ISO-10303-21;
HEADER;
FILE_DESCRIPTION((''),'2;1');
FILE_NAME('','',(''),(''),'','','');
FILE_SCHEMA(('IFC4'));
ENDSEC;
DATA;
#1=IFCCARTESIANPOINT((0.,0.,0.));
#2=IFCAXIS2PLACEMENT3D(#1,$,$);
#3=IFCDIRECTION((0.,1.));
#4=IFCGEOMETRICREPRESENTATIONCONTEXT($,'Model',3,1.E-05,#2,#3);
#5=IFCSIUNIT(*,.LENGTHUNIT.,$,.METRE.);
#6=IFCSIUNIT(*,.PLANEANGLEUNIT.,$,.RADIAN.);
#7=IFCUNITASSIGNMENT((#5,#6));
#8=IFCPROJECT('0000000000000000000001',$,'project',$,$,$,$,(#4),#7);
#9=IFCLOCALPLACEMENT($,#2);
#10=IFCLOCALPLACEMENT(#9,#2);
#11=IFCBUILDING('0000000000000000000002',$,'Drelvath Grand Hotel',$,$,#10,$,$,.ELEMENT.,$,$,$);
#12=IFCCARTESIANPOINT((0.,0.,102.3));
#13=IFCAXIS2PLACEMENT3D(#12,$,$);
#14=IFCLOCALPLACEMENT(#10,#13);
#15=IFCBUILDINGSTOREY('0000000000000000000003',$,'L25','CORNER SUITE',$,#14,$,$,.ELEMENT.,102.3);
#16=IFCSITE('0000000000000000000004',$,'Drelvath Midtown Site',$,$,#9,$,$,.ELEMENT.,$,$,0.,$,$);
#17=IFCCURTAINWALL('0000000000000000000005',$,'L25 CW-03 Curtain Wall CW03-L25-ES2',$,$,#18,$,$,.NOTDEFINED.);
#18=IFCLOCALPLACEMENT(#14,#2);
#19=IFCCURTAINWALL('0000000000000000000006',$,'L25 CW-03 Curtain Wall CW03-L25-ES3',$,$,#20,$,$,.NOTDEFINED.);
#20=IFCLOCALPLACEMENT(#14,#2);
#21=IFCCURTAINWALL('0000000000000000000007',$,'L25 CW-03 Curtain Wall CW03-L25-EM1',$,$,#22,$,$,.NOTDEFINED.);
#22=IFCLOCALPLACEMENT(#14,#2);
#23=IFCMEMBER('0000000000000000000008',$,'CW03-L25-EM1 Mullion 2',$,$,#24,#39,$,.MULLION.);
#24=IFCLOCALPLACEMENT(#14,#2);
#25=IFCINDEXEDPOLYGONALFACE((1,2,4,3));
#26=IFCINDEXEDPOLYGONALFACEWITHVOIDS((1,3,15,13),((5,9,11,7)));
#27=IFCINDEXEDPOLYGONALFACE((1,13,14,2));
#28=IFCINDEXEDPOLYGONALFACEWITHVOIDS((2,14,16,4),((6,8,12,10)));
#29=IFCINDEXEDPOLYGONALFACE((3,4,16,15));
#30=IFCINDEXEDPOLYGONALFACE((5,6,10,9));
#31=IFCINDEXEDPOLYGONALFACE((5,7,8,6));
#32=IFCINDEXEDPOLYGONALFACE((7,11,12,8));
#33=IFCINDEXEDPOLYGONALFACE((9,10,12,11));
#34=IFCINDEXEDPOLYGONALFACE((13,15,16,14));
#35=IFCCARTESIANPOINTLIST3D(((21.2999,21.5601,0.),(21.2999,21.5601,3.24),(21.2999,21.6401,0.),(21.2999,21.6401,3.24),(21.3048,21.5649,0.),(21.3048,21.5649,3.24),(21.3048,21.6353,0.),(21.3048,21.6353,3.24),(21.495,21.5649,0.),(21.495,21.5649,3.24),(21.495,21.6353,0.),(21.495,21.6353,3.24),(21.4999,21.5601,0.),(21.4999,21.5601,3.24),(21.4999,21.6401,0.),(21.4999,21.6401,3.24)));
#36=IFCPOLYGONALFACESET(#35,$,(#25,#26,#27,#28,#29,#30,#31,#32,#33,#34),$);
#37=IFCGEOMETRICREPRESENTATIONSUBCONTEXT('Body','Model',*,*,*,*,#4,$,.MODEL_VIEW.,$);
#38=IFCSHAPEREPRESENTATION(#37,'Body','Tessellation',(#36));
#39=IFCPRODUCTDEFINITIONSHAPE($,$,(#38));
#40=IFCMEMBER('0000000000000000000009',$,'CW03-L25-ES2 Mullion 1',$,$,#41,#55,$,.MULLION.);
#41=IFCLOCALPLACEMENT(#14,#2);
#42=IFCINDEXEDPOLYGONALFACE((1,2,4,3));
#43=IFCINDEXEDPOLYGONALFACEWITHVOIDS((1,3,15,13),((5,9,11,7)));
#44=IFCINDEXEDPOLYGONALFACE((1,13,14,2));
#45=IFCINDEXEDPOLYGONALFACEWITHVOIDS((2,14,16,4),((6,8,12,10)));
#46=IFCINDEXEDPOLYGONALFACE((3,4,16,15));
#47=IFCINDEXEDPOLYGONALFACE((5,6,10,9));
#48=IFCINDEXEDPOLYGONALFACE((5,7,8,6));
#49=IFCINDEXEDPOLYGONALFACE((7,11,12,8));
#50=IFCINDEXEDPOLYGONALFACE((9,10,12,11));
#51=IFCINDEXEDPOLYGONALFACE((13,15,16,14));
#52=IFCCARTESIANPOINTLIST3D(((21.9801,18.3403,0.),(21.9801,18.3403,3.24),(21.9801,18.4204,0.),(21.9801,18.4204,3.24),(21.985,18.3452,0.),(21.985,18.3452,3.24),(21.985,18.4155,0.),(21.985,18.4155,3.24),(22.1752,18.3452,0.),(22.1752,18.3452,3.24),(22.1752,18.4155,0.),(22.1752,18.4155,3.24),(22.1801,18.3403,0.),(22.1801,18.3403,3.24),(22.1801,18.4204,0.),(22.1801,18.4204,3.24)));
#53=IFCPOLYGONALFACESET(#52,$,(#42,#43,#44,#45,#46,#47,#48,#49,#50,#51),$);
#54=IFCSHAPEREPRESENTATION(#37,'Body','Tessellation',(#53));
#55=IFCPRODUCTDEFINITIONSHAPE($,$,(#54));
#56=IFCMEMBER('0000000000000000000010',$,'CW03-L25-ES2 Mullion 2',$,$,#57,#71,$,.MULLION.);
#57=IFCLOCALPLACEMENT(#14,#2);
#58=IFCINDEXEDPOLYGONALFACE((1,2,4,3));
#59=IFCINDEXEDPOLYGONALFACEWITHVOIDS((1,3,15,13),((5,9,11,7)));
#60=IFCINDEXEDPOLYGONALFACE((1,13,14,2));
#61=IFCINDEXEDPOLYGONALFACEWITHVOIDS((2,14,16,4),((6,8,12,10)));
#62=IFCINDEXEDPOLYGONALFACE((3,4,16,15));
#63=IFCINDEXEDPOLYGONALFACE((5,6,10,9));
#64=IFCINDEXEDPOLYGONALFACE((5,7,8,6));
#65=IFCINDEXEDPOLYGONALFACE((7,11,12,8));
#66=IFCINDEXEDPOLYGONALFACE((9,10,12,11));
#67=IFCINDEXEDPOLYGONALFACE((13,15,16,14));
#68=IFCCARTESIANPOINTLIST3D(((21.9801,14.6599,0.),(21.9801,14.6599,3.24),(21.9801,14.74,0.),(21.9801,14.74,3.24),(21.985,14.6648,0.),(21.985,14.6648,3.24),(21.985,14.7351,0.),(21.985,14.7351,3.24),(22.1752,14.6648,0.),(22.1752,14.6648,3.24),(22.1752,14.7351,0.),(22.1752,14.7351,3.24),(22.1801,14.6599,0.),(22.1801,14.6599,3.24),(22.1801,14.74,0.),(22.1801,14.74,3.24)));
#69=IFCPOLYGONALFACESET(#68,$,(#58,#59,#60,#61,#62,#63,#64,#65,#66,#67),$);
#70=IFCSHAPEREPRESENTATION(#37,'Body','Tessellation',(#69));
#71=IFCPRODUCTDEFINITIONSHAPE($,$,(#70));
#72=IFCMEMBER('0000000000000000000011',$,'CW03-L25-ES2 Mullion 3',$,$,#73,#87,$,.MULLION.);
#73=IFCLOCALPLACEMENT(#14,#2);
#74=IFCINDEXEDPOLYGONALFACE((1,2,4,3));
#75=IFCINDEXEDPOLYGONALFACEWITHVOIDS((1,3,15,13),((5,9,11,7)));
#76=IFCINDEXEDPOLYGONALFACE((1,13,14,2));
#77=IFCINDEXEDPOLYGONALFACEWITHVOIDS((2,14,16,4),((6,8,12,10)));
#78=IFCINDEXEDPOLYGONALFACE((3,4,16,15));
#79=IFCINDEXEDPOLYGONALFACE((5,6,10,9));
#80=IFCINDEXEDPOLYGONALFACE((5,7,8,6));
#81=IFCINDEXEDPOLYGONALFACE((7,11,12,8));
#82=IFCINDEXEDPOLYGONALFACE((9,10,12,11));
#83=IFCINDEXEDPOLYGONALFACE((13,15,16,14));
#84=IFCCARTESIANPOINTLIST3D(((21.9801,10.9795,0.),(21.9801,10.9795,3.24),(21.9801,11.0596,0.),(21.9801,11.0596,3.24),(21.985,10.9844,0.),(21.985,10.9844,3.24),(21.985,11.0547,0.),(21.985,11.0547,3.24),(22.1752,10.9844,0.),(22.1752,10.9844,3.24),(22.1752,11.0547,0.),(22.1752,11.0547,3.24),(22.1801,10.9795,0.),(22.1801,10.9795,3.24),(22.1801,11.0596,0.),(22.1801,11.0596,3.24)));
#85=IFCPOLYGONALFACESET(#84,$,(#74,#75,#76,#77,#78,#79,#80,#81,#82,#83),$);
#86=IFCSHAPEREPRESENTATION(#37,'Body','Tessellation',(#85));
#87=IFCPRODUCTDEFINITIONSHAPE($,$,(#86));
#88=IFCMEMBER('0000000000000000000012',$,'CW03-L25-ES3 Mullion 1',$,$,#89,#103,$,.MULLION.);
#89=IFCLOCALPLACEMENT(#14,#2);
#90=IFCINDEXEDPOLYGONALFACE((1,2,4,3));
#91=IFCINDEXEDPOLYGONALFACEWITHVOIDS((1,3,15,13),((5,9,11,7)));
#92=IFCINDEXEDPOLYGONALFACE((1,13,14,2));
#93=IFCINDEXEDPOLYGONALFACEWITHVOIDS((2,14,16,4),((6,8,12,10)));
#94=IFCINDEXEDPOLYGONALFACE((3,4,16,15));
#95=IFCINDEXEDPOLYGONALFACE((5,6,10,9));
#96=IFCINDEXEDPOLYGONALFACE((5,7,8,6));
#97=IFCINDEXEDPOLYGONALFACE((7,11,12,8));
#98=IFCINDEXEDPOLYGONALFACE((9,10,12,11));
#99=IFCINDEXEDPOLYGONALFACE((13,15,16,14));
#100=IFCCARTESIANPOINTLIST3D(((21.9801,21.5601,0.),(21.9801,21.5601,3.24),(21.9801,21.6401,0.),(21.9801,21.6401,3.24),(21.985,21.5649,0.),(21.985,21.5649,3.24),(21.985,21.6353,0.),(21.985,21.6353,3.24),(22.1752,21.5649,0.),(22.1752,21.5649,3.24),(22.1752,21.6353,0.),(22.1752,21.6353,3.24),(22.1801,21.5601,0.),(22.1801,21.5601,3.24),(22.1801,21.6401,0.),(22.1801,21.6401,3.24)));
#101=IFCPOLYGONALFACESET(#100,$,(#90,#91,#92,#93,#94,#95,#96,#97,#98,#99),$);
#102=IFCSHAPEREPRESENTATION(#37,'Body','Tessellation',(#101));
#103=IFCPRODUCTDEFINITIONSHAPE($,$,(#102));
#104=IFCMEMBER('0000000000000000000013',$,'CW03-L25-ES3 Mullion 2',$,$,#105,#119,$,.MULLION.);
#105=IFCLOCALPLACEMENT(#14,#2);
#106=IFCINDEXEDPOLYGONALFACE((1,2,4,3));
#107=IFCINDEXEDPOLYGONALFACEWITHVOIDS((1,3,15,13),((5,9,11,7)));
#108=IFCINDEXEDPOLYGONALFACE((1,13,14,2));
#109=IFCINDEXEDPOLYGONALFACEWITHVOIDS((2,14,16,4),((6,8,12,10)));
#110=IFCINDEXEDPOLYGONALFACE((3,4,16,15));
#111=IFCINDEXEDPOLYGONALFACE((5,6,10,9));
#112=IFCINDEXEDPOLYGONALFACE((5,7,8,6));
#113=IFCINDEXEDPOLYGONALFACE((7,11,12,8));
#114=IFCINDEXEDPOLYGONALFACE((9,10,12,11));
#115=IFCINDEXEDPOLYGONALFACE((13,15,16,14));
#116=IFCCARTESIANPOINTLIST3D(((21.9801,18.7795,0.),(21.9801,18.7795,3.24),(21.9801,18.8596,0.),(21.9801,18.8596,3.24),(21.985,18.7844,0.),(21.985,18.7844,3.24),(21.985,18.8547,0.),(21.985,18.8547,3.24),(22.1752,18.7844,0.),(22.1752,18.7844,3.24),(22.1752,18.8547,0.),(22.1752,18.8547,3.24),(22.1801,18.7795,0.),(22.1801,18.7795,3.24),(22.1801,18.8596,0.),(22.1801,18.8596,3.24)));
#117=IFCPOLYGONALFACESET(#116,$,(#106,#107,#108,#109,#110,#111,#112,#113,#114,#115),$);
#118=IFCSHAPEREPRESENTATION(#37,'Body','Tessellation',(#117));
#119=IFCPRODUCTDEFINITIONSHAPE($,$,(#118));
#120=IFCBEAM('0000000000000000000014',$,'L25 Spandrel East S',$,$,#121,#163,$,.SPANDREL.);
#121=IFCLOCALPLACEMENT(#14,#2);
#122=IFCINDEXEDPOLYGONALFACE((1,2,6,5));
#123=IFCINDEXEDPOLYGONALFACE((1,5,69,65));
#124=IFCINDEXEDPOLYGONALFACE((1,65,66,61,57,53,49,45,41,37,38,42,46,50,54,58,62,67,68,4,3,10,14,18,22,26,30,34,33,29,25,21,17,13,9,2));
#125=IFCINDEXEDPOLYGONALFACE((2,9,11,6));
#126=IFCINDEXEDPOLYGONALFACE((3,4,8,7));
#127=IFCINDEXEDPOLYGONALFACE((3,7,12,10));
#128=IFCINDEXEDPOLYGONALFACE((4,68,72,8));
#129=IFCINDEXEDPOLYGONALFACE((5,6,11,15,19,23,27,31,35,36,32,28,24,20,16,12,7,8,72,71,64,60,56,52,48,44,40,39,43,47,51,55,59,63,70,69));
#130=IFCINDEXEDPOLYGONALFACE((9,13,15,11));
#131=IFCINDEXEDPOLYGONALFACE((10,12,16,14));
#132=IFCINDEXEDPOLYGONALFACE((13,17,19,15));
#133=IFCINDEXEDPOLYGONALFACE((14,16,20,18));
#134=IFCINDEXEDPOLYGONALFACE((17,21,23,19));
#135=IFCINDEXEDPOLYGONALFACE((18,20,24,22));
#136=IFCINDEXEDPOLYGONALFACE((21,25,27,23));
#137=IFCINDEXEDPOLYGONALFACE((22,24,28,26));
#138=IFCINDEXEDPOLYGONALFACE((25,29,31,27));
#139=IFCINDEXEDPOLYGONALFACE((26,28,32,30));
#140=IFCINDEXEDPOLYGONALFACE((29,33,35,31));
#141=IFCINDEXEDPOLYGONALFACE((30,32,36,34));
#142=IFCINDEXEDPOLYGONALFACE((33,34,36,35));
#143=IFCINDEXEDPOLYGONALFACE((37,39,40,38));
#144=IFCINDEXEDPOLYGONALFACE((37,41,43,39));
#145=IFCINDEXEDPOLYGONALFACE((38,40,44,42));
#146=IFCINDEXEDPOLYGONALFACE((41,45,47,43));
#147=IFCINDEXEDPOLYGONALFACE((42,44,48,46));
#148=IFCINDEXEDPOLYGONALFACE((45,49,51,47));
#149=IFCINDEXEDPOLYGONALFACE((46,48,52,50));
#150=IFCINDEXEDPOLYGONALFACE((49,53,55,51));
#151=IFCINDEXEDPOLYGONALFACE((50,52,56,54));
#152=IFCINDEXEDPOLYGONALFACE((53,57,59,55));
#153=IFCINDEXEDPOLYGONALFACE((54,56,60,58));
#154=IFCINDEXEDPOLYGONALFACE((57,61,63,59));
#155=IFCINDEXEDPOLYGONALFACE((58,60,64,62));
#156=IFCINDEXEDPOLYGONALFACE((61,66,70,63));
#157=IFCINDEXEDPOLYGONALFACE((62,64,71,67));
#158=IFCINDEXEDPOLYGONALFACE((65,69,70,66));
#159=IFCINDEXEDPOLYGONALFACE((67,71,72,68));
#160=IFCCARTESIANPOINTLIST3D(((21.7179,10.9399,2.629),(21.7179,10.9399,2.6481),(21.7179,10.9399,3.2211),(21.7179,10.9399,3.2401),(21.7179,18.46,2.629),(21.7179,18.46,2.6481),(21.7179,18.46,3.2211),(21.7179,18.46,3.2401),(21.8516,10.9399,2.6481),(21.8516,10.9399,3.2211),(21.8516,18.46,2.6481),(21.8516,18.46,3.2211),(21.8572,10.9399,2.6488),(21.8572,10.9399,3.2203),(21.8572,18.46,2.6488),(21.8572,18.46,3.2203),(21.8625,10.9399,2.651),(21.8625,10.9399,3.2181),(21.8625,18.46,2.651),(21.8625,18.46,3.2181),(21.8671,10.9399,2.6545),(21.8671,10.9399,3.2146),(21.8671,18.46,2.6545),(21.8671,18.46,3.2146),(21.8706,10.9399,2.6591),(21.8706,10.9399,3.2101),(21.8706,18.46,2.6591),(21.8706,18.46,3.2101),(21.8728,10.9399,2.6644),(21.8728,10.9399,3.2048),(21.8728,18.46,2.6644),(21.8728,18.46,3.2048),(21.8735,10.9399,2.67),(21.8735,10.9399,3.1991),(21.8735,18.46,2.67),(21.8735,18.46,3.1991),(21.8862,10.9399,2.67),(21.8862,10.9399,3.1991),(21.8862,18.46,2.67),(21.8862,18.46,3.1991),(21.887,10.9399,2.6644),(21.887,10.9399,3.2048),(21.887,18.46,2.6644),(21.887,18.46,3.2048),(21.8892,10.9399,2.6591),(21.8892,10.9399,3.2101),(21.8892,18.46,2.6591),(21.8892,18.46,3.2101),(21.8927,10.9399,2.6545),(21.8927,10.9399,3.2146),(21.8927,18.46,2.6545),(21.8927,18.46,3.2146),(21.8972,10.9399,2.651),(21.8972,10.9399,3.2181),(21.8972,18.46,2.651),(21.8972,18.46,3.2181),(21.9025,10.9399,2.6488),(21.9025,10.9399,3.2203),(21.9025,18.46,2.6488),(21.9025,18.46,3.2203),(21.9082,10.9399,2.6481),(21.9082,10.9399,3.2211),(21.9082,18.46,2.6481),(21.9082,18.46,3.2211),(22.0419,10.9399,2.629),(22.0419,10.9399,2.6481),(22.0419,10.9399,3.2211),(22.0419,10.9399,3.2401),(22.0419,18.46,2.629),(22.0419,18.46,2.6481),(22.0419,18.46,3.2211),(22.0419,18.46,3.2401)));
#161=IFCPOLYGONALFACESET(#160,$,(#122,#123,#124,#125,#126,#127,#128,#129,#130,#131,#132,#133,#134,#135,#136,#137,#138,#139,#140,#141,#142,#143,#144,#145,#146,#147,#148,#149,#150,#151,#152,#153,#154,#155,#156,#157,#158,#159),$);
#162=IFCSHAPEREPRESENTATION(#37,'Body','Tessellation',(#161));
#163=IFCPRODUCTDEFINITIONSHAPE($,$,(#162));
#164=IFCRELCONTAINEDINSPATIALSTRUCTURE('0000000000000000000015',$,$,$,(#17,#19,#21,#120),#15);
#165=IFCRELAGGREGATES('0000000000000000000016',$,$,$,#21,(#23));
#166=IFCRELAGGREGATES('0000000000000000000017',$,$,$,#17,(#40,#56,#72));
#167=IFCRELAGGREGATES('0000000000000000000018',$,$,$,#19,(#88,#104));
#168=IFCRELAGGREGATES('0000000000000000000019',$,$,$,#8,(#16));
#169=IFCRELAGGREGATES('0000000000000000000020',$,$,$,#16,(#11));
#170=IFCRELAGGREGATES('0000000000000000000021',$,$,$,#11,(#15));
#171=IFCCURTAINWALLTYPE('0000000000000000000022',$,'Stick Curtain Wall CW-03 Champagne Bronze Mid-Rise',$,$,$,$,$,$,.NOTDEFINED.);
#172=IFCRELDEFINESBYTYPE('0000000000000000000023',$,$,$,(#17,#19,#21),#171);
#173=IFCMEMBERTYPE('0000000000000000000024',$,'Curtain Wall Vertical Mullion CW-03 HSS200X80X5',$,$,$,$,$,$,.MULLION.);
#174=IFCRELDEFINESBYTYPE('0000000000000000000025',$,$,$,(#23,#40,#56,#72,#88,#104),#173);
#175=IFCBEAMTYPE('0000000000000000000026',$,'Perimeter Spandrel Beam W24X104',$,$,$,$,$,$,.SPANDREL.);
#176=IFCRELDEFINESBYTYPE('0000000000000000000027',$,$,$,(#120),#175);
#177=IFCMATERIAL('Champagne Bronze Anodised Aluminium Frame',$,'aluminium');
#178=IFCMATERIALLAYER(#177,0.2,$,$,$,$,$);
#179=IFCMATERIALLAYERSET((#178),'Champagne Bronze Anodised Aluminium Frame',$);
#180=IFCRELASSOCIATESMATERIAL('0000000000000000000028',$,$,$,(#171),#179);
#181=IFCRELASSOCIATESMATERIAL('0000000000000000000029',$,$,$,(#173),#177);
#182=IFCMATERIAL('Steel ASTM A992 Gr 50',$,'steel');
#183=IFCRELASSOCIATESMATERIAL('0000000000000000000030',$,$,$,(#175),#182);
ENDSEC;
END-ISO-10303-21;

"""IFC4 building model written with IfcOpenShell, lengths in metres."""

from ifc_helpers import new_model, si_unit, direction, frame, origin, origin_2d, place, context, subcontext, project, spatial, hollow_rectangle, i_section, extrude, material, layer, layer_set, material_profile, profile_set, type_object, element, aggregate, save


model = new_model("IFC4")

# Units and contexts
model_context = context("Model", 3, precision=1e-05, world=origin(), true_north=direction((0.0, 1.0)))
body_context = subcontext(model_context, "Body", "Model", "MODEL_VIEW")
ifc_project = project(units=[si_unit("LENGTHUNIT", "METRE"), si_unit("PLANEANGLEUNIT", "RADIAN")], contexts=[model_context])

# Site, building, storey
site_placement = place(None, origin())
site = spatial("IfcSite", under=ifc_project, at=site_placement, Name="Drelvath Midtown Site", CompositionType="ELEMENT", RefElevation=0.0)
building_placement = place(site_placement, origin())
building = spatial("IfcBuilding", under=site, at=building_placement, Name="Drelvath Grand Hotel", CompositionType="ELEMENT")
storey_placement = place(building_placement, frame((0.0, 0.0, 102.3)))
storey = spatial("IfcBuildingStorey", under=building, at=storey_placement, Name="L25", Description="CORNER SUITE", CompositionType="ELEMENT", Elevation=102.3)

# Shared definitions
ifc_material_1 = material(Name="Steel ASTM A992 Gr 50", Category="steel")

# Curtain walls, member
ifc_material_2 = material(Name="Champagne Bronze Anodised Aluminium Frame", Category="aluminium")
ifc_layer_1 = layer(ifc_material_2, 0.2)
ifc_layer_set_1 = layer_set([ifc_layer_1], Name="Champagne Bronze Anodised Aluminium Frame")
curtain_wall_type = type_object("IfcCurtainWallType", Name="Stick Curtain Wall CW-03 Champagne Bronze Mid-Rise", PredefinedType="NOTDEFINED", material=ifc_layer_set_1)
curtain_wall_1_placement = place(storey_placement, origin())
curtain_wall_1 = element("IfcCurtainWall", 1, at=curtain_wall_1_placement, inside=storey, type_object=curtain_wall_type, Name="L25 CW-03 Curtain Wall CW03-L25-ES2", PredefinedType="NOTDEFINED")
curtain_wall_2_placement = place(storey_placement, origin())
curtain_wall_2 = element("IfcCurtainWall", 2, at=curtain_wall_2_placement, inside=storey, type_object=curtain_wall_type, Name="L25 CW-03 Curtain Wall CW03-L25-ES3", PredefinedType="NOTDEFINED")
curtain_wall_3_placement = place(storey_placement, origin())
curtain_wall_3 = element("IfcCurtainWall", 3, at=curtain_wall_3_placement, inside=storey, type_object=curtain_wall_type, Name="L25 CW-03 Curtain Wall CW03-L25-EM1", PredefinedType="NOTDEFINED")
ifc_material_profile_1 = material_profile(ifc_material_2, hollow_rectangle(XDim=0.0801, YDim=0.2, WallThickness=0.0049, at=origin_2d()), Name="HSS200X80X5")
ifc_profile_set_1 = profile_set([ifc_material_profile_1], Name="Champagne Bronze Anodised Aluminium Frame")
member_type_1 = type_object("IfcMemberType", Name="Curtain Wall Vertical Mullion CW-03 HSS200X80X5", PredefinedType="MULLION", material=ifc_profile_set_1)
member_1_placement = place(storey_placement, frame((21.3999, 21.6001, 0.0), z_axis=(0.0, 0.0, 1.0), x_axis=(0.0, 1.0, 0.0)))
member_1 = element("IfcMember", 4, at=member_1_placement, type_object=member_type_1, Name="CW03-L25-EM1 Mullion 2", PredefinedType="MULLION", context=body_context, shape_type="SweptSolid", body=[
    extrude(hollow_rectangle(XDim=0.0801, YDim=0.2, WallThickness=0.0049, at=origin_2d()), origin(), (0.0, 0.0, 1.0), 3.24),
])

# Members
member_2_placement = place(storey_placement, frame((22.0801, 18.3804, 0.0), z_axis=(0.0, 0.0, 1.0), x_axis=(0.0, 1.0, 0.0)))
member_2 = element("IfcMember", 5, at=member_2_placement, type_object=member_type_1, Name="CW03-L25-ES2 Mullion 1", PredefinedType="MULLION", context=body_context, shape_type="SweptSolid", body=[
    extrude(hollow_rectangle(XDim=0.0801, YDim=0.2, WallThickness=0.0049, at=origin_2d()), origin(), (0.0, 0.0, 1.0), 3.24),
])
member_3_placement = place(storey_placement, frame((22.0801, 14.7, 0.0), z_axis=(0.0, 0.0, 1.0), x_axis=(0.0, 1.0, 0.0)))
member_3 = element("IfcMember", 6, at=member_3_placement, type_object=member_type_1, Name="CW03-L25-ES2 Mullion 2", PredefinedType="MULLION", context=body_context, shape_type="SweptSolid", body=[
    extrude(hollow_rectangle(XDim=0.0801, YDim=0.2, WallThickness=0.0049, at=origin_2d()), origin(), (0.0, 0.0, 1.0), 3.24),
])
member_4_placement = place(storey_placement, frame((22.0801, 11.0195, 0.0), z_axis=(0.0, 0.0, 1.0), x_axis=(0.0, 1.0, 0.0)))
member_4 = element("IfcMember", 7, at=member_4_placement, type_object=member_type_1, Name="CW03-L25-ES2 Mullion 3", PredefinedType="MULLION", context=body_context, shape_type="SweptSolid", body=[
    extrude(hollow_rectangle(XDim=0.0801, YDim=0.2, WallThickness=0.0049, at=origin_2d()), origin(), (0.0, 0.0, 1.0), 3.24),
])
member_5_placement = place(storey_placement, frame((22.0801, 21.6001, 0.0), z_axis=(0.0, 0.0, 1.0), x_axis=(0.0, 1.0, 0.0)))
member_5 = element("IfcMember", 8, at=member_5_placement, type_object=member_type_1, Name="CW03-L25-ES3 Mullion 1", PredefinedType="MULLION", context=body_context, shape_type="SweptSolid", body=[
    extrude(hollow_rectangle(XDim=0.0801, YDim=0.2, WallThickness=0.0049, at=origin_2d()), origin(), (0.0, 0.0, 1.0), 3.24),
])
member_6_placement = place(storey_placement, frame((22.0801, 18.8196, 0.0), z_axis=(0.0, 0.0, 1.0), x_axis=(0.0, 1.0, 0.0)))
member_6 = element("IfcMember", 9, at=member_6_placement, type_object=member_type_1, Name="CW03-L25-ES3 Mullion 2", PredefinedType="MULLION", context=body_context, shape_type="SweptSolid", body=[
    extrude(hollow_rectangle(XDim=0.0801, YDim=0.2, WallThickness=0.0049, at=origin_2d()), origin(), (0.0, 0.0, 1.0), 3.24),
])

# Beam
ifc_material_profile_2 = material_profile(ifc_material_1, i_section(OverallWidth=0.324, OverallDepth=0.6111, WebThickness=0.0127, FlangeThickness=0.019, FilletRadius=0.022, at=origin_2d()), Name="W24X104")
ifc_profile_set_2 = profile_set([ifc_material_profile_2], Name="Steel ASTM A992 Gr 50")
beam_type_1 = type_object("IfcBeamType", Name="Perimeter Spandrel Beam W24X104", PredefinedType="SPANDREL", material=ifc_profile_set_2)
beam_1_placement = place(storey_placement, frame((21.8799, 10.9399, 2.9346), z_axis=(0.0, 1.0, 0.0), x_axis=(-1.0, 0.0, 0.0)))
element("IfcBeam", 10, at=beam_1_placement, inside=storey, type_object=beam_type_1, Name="L25 Spandrel East S", PredefinedType="SPANDREL", context=body_context, shape_type="SweptSolid", body=[
    extrude(i_section(OverallWidth=0.324, OverallDepth=0.6111, WebThickness=0.0127, FlangeThickness=0.019, FilletRadius=0.022, at=origin_2d()), origin(), (0.0, 0.0, 1.0), 7.52),
])

aggregate(curtain_wall_3, [member_1])
aggregate(curtain_wall_1, [member_2, member_3, member_4])
aggregate(curtain_wall_2, [member_5, member_6])

save(model, "model.ifc")
